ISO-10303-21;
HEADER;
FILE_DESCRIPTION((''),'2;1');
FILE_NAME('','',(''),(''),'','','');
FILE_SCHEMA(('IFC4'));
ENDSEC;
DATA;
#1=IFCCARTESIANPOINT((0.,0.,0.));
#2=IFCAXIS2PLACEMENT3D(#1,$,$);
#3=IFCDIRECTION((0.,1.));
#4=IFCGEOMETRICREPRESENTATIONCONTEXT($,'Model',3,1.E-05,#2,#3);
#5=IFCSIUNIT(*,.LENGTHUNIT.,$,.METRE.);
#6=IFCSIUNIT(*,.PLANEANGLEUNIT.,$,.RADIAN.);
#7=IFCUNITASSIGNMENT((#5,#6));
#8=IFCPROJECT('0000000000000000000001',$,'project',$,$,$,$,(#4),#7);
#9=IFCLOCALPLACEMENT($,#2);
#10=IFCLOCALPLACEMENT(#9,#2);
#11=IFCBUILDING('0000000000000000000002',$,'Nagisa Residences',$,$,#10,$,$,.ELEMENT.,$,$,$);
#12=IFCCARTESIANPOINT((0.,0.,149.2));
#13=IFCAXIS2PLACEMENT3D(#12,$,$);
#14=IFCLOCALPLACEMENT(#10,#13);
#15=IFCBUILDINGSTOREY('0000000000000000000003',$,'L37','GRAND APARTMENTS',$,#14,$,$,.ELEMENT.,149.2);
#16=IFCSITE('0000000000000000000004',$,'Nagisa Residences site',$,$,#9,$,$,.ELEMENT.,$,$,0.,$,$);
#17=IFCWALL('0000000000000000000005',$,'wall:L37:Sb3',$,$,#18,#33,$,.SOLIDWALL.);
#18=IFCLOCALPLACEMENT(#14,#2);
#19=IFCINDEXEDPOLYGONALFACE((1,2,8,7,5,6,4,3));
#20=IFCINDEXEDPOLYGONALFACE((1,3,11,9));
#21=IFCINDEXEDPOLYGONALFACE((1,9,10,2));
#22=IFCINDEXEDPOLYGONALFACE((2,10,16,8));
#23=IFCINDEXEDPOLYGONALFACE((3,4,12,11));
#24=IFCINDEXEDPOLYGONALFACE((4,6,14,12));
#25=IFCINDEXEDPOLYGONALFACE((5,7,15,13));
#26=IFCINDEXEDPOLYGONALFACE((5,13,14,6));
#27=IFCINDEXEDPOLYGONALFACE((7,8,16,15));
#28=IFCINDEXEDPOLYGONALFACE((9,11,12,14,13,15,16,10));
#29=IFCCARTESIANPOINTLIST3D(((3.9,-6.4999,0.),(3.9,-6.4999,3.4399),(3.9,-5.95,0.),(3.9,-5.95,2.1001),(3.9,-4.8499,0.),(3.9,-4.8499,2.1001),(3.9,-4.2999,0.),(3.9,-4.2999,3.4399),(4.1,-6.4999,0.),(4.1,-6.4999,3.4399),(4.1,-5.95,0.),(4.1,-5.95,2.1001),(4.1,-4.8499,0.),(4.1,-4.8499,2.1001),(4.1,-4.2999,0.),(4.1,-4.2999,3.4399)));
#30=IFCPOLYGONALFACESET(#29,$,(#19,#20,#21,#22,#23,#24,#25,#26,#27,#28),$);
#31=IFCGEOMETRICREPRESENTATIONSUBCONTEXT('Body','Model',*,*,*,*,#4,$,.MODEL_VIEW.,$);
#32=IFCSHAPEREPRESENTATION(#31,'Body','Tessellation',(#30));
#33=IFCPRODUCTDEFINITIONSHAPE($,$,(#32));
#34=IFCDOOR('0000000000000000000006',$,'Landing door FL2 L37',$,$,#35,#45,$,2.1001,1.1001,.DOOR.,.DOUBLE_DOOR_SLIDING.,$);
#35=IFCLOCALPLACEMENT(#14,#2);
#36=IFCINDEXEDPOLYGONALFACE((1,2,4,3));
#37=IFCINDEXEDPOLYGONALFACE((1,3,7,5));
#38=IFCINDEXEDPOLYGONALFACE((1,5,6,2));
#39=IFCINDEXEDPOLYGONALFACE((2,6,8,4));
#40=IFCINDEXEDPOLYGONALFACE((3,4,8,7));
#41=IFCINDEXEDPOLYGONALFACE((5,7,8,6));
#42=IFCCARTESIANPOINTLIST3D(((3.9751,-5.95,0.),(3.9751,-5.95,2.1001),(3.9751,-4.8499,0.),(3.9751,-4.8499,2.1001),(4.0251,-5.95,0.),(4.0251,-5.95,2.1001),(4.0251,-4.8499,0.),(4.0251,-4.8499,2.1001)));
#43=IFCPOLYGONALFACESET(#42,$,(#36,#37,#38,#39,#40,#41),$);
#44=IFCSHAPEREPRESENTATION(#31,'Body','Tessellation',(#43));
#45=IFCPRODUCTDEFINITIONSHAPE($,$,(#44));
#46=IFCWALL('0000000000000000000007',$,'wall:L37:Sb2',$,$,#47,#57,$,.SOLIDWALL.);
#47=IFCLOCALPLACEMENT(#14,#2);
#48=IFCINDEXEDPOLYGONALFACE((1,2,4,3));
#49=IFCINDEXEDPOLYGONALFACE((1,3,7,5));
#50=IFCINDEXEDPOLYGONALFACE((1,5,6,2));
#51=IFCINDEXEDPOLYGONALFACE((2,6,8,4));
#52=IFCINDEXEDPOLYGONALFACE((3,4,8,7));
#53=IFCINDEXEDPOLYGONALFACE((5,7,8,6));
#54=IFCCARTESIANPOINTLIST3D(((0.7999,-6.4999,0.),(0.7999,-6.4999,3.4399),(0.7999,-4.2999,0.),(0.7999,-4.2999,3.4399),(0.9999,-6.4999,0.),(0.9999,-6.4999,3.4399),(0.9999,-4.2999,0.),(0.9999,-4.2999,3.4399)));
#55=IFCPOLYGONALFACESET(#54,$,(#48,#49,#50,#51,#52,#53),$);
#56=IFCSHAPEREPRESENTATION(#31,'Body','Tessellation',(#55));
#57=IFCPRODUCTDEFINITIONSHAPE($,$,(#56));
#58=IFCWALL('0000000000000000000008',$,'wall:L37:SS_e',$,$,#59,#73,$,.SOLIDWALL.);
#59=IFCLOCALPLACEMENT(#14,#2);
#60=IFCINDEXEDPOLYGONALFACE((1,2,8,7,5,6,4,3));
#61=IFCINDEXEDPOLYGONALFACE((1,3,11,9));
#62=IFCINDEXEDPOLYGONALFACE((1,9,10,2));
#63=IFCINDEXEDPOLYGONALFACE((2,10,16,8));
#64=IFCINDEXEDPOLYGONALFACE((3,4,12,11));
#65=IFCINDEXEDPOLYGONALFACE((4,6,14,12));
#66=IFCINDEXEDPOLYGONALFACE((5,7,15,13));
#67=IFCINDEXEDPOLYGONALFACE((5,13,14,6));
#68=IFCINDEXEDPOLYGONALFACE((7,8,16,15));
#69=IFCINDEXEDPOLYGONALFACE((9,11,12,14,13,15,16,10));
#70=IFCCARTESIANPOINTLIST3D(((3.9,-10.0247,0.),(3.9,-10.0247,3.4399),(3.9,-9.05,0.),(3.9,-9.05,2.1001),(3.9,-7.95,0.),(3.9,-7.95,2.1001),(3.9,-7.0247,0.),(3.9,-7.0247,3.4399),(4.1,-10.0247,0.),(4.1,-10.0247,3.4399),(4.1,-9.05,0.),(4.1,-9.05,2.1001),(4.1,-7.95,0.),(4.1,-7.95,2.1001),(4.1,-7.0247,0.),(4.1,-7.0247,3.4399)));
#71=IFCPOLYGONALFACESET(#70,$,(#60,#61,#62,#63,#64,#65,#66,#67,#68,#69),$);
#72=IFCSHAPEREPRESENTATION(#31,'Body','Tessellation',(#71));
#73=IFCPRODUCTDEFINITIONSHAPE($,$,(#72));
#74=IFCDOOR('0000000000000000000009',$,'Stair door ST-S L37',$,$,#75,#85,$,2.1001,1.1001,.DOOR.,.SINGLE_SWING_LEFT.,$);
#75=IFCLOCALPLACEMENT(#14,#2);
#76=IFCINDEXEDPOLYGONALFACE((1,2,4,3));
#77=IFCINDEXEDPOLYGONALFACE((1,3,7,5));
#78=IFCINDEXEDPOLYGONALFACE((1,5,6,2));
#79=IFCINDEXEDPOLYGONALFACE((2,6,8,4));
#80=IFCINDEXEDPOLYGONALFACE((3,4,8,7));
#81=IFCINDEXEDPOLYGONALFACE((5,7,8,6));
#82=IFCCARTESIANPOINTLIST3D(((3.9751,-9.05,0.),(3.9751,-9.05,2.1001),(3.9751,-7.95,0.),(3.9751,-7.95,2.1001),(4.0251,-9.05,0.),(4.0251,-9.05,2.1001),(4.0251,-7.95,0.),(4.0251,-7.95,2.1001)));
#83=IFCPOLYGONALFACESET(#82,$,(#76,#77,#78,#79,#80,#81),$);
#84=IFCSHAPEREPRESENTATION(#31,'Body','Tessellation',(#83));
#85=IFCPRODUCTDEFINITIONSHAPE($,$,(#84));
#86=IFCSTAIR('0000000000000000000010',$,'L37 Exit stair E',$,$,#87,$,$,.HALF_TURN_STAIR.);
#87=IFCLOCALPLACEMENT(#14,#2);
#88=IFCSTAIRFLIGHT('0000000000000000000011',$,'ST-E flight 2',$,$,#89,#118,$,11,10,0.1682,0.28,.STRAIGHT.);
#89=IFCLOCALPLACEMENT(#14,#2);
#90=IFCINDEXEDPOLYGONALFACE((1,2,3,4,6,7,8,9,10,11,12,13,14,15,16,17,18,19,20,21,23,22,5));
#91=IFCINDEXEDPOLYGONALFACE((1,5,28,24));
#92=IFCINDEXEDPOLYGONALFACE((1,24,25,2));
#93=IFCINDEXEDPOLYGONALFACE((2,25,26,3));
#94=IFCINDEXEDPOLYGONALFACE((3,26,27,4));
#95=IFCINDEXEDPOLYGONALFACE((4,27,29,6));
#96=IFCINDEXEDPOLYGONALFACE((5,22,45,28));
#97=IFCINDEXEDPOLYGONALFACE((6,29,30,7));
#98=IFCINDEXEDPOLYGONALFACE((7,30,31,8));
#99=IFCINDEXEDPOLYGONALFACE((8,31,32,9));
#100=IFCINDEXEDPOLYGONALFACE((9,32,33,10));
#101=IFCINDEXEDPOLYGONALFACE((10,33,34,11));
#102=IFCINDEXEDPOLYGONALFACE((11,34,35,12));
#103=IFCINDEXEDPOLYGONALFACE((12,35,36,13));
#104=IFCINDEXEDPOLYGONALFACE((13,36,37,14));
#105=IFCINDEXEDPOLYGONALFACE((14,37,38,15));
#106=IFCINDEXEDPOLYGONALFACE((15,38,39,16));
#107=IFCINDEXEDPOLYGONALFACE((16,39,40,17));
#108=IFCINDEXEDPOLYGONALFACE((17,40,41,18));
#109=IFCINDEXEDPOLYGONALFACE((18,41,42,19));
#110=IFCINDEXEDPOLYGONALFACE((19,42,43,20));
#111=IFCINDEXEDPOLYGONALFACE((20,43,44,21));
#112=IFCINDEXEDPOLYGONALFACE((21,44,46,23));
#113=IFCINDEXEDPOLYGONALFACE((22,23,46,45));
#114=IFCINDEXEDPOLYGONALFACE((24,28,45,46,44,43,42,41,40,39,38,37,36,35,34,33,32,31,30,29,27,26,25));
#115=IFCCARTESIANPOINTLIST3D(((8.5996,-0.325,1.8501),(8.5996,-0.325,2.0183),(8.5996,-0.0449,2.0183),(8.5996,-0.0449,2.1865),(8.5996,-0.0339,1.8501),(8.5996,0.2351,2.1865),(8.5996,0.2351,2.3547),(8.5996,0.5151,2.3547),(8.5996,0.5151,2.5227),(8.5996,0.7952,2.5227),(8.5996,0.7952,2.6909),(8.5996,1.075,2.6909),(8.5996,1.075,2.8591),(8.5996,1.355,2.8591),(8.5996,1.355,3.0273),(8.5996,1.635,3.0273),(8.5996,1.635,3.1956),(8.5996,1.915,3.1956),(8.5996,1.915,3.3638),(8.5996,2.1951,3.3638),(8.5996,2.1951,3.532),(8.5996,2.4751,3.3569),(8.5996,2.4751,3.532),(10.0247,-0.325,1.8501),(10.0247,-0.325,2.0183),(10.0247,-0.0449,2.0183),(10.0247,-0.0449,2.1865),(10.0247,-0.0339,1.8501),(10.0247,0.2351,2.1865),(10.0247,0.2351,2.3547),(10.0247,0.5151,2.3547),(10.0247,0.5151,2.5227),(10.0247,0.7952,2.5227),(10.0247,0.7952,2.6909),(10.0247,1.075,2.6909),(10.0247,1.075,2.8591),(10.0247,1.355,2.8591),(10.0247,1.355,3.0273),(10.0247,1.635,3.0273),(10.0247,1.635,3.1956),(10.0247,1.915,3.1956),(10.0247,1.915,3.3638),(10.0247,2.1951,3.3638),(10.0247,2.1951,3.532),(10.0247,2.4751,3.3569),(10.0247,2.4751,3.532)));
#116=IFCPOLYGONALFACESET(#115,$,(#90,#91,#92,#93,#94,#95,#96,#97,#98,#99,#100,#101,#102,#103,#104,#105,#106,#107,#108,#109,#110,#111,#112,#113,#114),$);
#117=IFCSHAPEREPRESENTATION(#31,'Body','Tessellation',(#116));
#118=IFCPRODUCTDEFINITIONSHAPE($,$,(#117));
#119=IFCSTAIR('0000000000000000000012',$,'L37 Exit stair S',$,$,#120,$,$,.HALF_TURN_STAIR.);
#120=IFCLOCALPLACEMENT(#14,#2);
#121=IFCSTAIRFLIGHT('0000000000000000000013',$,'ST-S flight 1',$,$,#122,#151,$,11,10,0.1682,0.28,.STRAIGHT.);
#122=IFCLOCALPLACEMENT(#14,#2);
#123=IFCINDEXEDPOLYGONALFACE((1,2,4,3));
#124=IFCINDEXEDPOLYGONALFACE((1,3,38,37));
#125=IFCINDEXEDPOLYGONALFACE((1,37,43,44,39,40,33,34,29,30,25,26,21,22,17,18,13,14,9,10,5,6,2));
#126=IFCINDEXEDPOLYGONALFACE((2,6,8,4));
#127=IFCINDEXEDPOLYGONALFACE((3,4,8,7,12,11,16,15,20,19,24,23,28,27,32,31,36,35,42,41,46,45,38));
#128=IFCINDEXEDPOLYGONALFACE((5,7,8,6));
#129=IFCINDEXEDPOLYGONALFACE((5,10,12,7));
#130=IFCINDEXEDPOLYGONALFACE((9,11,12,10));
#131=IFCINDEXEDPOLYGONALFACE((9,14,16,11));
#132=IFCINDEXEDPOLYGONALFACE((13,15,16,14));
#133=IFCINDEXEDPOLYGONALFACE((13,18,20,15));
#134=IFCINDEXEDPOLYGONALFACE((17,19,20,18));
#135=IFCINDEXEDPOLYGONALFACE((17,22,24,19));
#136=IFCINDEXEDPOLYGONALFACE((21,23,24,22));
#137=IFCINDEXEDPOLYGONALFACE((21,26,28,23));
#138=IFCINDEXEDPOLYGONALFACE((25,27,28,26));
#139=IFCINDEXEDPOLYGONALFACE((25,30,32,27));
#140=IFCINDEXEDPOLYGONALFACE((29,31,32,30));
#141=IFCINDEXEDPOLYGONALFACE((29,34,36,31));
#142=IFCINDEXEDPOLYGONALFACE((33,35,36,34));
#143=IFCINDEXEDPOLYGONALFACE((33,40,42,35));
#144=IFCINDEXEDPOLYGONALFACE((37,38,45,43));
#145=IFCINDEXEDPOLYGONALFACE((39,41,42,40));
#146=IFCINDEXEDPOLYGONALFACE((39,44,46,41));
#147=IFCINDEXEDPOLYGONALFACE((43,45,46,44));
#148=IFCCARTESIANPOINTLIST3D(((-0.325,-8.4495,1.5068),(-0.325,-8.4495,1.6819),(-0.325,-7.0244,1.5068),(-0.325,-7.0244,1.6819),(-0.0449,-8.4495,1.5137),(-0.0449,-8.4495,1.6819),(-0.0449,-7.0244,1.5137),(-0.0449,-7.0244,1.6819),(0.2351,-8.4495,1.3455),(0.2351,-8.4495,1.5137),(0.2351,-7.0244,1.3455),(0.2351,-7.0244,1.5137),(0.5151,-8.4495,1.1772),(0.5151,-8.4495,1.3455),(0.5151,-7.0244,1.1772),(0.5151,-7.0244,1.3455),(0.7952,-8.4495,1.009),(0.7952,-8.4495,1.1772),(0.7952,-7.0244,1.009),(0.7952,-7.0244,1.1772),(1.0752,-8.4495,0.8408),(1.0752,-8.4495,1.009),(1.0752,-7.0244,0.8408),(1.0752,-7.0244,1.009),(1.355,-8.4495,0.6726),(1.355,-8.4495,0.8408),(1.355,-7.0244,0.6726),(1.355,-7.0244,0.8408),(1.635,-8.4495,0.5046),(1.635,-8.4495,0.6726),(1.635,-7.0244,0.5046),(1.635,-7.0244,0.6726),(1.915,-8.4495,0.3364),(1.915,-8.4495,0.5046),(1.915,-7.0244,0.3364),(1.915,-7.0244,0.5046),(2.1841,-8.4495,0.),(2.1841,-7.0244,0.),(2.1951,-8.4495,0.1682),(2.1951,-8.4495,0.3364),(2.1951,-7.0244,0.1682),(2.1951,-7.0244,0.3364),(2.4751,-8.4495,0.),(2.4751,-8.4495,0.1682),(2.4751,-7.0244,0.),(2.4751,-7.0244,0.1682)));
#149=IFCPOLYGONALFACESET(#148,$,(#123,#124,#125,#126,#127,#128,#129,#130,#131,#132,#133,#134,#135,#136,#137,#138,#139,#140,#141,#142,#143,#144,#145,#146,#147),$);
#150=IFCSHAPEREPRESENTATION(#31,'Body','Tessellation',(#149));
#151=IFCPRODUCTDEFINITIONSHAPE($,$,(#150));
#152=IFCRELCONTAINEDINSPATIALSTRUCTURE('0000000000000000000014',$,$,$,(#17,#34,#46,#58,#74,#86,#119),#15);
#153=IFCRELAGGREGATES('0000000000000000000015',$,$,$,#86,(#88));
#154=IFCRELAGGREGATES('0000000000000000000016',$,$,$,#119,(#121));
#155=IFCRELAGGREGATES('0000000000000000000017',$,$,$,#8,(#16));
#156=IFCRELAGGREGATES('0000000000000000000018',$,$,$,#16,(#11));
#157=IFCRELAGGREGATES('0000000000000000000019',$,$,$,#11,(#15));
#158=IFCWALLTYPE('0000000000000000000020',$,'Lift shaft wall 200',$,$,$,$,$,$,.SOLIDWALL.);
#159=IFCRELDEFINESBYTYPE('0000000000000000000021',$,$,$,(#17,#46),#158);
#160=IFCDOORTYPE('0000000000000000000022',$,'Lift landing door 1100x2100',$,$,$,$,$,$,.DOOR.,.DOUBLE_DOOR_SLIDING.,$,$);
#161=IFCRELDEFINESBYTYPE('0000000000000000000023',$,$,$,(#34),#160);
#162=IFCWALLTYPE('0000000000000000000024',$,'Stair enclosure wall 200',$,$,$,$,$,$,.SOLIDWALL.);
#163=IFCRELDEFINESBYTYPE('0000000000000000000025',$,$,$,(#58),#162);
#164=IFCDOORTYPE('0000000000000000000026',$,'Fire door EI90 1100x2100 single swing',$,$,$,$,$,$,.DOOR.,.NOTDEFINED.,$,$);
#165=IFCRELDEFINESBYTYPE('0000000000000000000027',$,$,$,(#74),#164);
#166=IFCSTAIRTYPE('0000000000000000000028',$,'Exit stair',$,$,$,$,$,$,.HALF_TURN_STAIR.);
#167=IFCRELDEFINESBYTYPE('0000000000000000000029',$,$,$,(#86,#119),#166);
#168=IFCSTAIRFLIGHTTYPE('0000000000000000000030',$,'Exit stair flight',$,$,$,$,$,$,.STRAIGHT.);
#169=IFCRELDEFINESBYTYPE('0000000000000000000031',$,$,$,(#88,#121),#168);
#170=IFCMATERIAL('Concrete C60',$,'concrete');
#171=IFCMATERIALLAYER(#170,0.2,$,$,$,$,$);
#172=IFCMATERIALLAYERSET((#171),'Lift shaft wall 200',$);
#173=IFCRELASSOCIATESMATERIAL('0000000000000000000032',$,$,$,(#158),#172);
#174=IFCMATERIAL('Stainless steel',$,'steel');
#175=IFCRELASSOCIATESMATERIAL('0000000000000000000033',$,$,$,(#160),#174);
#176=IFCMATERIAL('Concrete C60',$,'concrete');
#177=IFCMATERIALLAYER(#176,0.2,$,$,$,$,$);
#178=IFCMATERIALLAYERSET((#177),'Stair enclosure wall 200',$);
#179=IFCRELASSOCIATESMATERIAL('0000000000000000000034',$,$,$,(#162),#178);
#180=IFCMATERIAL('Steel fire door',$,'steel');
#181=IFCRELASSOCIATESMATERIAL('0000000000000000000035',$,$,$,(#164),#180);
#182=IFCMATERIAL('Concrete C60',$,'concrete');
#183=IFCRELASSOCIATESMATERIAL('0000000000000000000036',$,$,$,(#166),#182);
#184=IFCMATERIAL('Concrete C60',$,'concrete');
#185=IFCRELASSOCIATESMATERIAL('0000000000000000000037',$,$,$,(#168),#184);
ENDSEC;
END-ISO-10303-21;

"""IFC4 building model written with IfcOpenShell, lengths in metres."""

from ifc_helpers import new_model, si_unit, direction, frame, frame_2d, origin, place, context, subcontext, project, spatial, polyline, rectangle, outline, extrude, material, layer, layer_set, type_object, element, fill, aggregate, save


model = new_model("IFC4")

# Units and contexts
model_context = context("Model", 3, precision=1e-05, world=origin(), true_north=direction((0.0, 1.0)))
body_context = subcontext(model_context, "Body", "Model", "MODEL_VIEW")
ifc_project = project(units=[si_unit("LENGTHUNIT", "METRE"), si_unit("PLANEANGLEUNIT", "RADIAN")], contexts=[model_context])

# Site, building, storey
site_placement = place(None, origin())
site = spatial("IfcSite", under=ifc_project, at=site_placement, Name="Nagisa Residences site", CompositionType="ELEMENT", RefElevation=0.0)
building_placement = place(site_placement, origin())
building = spatial("IfcBuilding", under=site, at=building_placement, Name="Nagisa Residences", CompositionType="ELEMENT")
storey_placement = place(building_placement, frame((0.0, 0.0, 149.2)))
storey = spatial("IfcBuildingStorey", under=building, at=storey_placement, Name="L37", Description="GRAND APARTMENTS", CompositionType="ELEMENT", Elevation=149.2)

# Wall, opening, door
ifc_material_1 = material(Name="Concrete C60", Category="concrete")
ifc_layer_1 = layer(ifc_material_1, 0.2)
ifc_layer_set_1 = layer_set([ifc_layer_1], Name="Lift shaft wall 200")
wall_type_1 = type_object("IfcWallType", Name="Lift shaft wall 200", PredefinedType="SOLIDWALL", material=ifc_layer_set_1)
wall_1_placement = place(storey_placement, frame((4.0, -6.5, 0.0), z_axis=(0.0, 0.0, 1.0), x_axis=(0.0, 1.0, 0.0)))
wall_1 = element("IfcWall", 1, at=wall_1_placement, inside=storey, type_object=wall_type_1, Name="wall:L37:Sb3", PredefinedType="SOLIDWALL", context=body_context, shape_type="SweptSolid", body=[
    extrude(rectangle(XDim=2.2, YDim=0.2, at=frame_2d((1.1001, 0.0))), origin(), (0.0, 0.0, 1.0), 3.4399),
])
opening_1_placement = place(wall_1_placement, frame((0.55, 0.0, 0.0)))
opening_1 = element("IfcOpeningElement", 2, at=opening_1_placement, cuts=wall_1, PredefinedType="OPENING", context=body_context, shape_type="SweptSolid", body=[
    extrude(rectangle(XDim=1.1001, YDim=2.1001, at=frame_2d((0.55, 1.05))), frame((0.0, 0.1099, 0.0), z_axis=(0.0, -1.0, 0.0), x_axis=(1.0, 0.0, 0.0)), (0.0, 0.0, 1.0), 0.22),
])
ifc_material_2 = material(Name="Stainless steel", Category="steel")
door_type_1 = type_object("IfcDoorType", Name="Lift landing door 1100x2100", OperationType="DOUBLE_DOOR_SLIDING", PredefinedType="DOOR", material=ifc_material_2)
door_1_placement = place(opening_1_placement, origin())
door_1 = element("IfcDoor", 3, at=door_1_placement, inside=storey, type_object=door_type_1, Name="Landing door FL2 L37", OperationType="DOUBLE_DOOR_SLIDING", OverallHeight=2.1001, OverallWidth=1.1001, PredefinedType="DOOR", context=body_context, shape_type="SweptSolid", body=[
    extrude(rectangle(XDim=1.1001, YDim=2.1001, at=frame_2d((0.55, 1.05))), frame((0.0, 0.0249, 0.0), z_axis=(0.0, -1.0, 0.0), x_axis=(1.0, 0.0, 0.0)), (0.0, 0.0, 1.0), 0.05),
])
fill(opening_1, door_1)

# Wall
wall_2_placement = place(storey_placement, frame((0.8999, -6.5, 0.0), z_axis=(0.0, 0.0, 1.0), x_axis=(0.0, 1.0, 0.0)))
element("IfcWall", 4, at=wall_2_placement, inside=storey, type_object=wall_type_1, Name="wall:L37:Sb2", PredefinedType="SOLIDWALL", context=body_context, shape_type="SweptSolid", body=[
    extrude(rectangle(XDim=2.2, YDim=0.2, at=frame_2d((1.1001, 0.0))), origin(), (0.0, 0.0, 1.0), 3.4399),
])

# Wall, opening, door
ifc_material_3 = material(Name="Concrete C60", Category="concrete")
ifc_layer_2 = layer(ifc_material_3, 0.2)
ifc_layer_set_2 = layer_set([ifc_layer_2], Name="Stair enclosure wall 200")
wall_type_2 = type_object("IfcWallType", Name="Stair enclosure wall 200", PredefinedType="SOLIDWALL", material=ifc_layer_set_2)
wall_3_placement = place(storey_placement, frame((4.0, -10.0247, 0.0), z_axis=(0.0, 0.0, 1.0), x_axis=(0.0, 1.0, 0.0)))
wall_3 = element("IfcWall", 5, at=wall_3_placement, inside=storey, type_object=wall_type_2, Name="wall:L37:SS_e", PredefinedType="SOLIDWALL", context=body_context, shape_type="SweptSolid", body=[
    extrude(rectangle(XDim=3.0, YDim=0.2, at=frame_2d((1.5, 0.0))), origin(), (0.0, 0.0, 1.0), 3.4399),
])
opening_2_placement = place(wall_3_placement, frame((0.9746, 0.0, 0.0)))
opening_2 = element("IfcOpeningElement", 6, at=opening_2_placement, cuts=wall_3, PredefinedType="OPENING", context=body_context, shape_type="SweptSolid", body=[
    extrude(rectangle(XDim=1.1001, YDim=2.1001, at=frame_2d((0.55, 1.05))), frame((0.0, 0.1099, 0.0), z_axis=(0.0, -1.0, 0.0), x_axis=(1.0, 0.0, 0.0)), (0.0, 0.0, 1.0), 0.22),
])
ifc_material_4 = material(Name="Steel fire door", Category="steel")
door_type_2 = type_object("IfcDoorType", Name="Fire door EI90 1100x2100 single swing", OperationType="NOTDEFINED", PredefinedType="DOOR", material=ifc_material_4)
door_2_placement = place(opening_2_placement, origin())
door_2 = element("IfcDoor", 7, at=door_2_placement, inside=storey, type_object=door_type_2, Name="Stair door ST-S L37", OperationType="SINGLE_SWING_LEFT", OverallHeight=2.1001, OverallWidth=1.1001, PredefinedType="DOOR", context=body_context, shape_type="SweptSolid", body=[
    extrude(rectangle(XDim=1.1001, YDim=2.1001, at=frame_2d((0.55, 1.05))), frame((0.0, 0.0249, 0.0), z_axis=(0.0, -1.0, 0.0), x_axis=(1.0, 0.0, 0.0)), (0.0, 0.0, 1.0), 0.05),
])
fill(opening_2, door_2)

# Stairs, stair flights
ifc_material_5 = material(Name="Concrete C60", Category="concrete")
stair_type = type_object("IfcStairType", Name="Exit stair", PredefinedType="HALF_TURN_STAIR", material=ifc_material_5)
stair_1_placement = place(storey_placement, origin())
stair_1 = element("IfcStair", 8, at=stair_1_placement, inside=storey, type_object=stair_type, Name="L37 Exit stair E", PredefinedType="HALF_TURN_STAIR")
ifc_material_6 = material(Name="Concrete C60", Category="concrete")
stair_flight_type = type_object("IfcStairFlightType", Name="Exit stair flight", PredefinedType="STRAIGHT", material=ifc_material_6)
stair_flight_1_placement = place(storey_placement, frame((9.312, -0.325, 1.8501), z_axis=(0.0, 0.0, 1.0), x_axis=(0.0, 1.0, 0.0)))
stair_flight_1 = element("IfcStairFlight", 9, at=stair_flight_1_placement, type_object=stair_flight_type, Name="ST-E flight 2", NumberOfRisers=11, NumberOfTreads=10, PredefinedType="STRAIGHT", RiserHeight=0.1682, TreadLength=0.28, context=body_context, shape_type="SweptSolid", body=[
    extrude(outline(polyline([(0.0, 0.0), (0.0, 0.1682), (0.28, 0.1682), (0.28, 0.3364), (0.5601, 0.3364), (0.5601, 0.5046), (0.8401, 0.5046), (0.8401, 0.6726), (1.1201, 0.6726), (1.1201, 0.8408), (1.3999, 0.8408), (1.3999, 1.009), (1.6799, 1.009), (1.6799, 1.1772), (1.96, 1.1772), (1.96, 1.3455), (2.24, 1.3455), (2.24, 1.5137), (2.52, 1.5137), (2.52, 1.6819), (2.8, 1.6819), (2.8, 1.8501), (2.8, 1.5068), (0.291, 0.0), (0.0, 0.0)])), frame((0.0, 0.7124, 0.0), z_axis=(0.0, -1.0, 0.0), x_axis=(1.0, 0.0, 0.0)), (0.0, 0.0, 1.0), 1.425),
])
aggregate(stair_1, [stair_flight_1])
stair_2_placement = place(storey_placement, origin())
stair_2 = element("IfcStair", 10, at=stair_2_placement, inside=storey, type_object=stair_type, Name="L37 Exit stair S", PredefinedType="HALF_TURN_STAIR")
stair_flight_2_placement = place(storey_placement, frame((2.4751, -7.7371, 0.0), z_axis=(0.0, 0.0, 1.0), x_axis=(-1.0, 0.0, 0.0)))
stair_flight_2 = element("IfcStairFlight", 11, at=stair_flight_2_placement, type_object=stair_flight_type, Name="ST-S flight 1", NumberOfRisers=11, NumberOfTreads=10, PredefinedType="STRAIGHT", RiserHeight=0.1682, TreadLength=0.28, context=body_context, shape_type="SweptSolid", body=[
    extrude(outline(polyline([(0.0, 0.0), (0.0, 0.1682), (0.28, 0.1682), (0.28, 0.3364), (0.5601, 0.3364), (0.5601, 0.5046), (0.8401, 0.5046), (0.8401, 0.6726), (1.1201, 0.6726), (1.1201, 0.8408), (1.3999, 0.8408), (1.3999, 1.009), (1.6799, 1.009), (1.6799, 1.1772), (1.96, 1.1772), (1.96, 1.3455), (2.24, 1.3455), (2.24, 1.5137), (2.52, 1.5137), (2.52, 1.6819), (2.8, 1.6819), (2.8, 1.8501), (2.8, 1.5068), (0.291, 0.0), (0.0, 0.0)])), frame((0.0, 0.7124, 0.0), z_axis=(0.0, -1.0, 0.0), x_axis=(1.0, 0.0, 0.0)), (0.0, 0.0, 1.0), 1.425),
])
aggregate(stair_2, [stair_flight_2])

save(model, "model.ifc")
